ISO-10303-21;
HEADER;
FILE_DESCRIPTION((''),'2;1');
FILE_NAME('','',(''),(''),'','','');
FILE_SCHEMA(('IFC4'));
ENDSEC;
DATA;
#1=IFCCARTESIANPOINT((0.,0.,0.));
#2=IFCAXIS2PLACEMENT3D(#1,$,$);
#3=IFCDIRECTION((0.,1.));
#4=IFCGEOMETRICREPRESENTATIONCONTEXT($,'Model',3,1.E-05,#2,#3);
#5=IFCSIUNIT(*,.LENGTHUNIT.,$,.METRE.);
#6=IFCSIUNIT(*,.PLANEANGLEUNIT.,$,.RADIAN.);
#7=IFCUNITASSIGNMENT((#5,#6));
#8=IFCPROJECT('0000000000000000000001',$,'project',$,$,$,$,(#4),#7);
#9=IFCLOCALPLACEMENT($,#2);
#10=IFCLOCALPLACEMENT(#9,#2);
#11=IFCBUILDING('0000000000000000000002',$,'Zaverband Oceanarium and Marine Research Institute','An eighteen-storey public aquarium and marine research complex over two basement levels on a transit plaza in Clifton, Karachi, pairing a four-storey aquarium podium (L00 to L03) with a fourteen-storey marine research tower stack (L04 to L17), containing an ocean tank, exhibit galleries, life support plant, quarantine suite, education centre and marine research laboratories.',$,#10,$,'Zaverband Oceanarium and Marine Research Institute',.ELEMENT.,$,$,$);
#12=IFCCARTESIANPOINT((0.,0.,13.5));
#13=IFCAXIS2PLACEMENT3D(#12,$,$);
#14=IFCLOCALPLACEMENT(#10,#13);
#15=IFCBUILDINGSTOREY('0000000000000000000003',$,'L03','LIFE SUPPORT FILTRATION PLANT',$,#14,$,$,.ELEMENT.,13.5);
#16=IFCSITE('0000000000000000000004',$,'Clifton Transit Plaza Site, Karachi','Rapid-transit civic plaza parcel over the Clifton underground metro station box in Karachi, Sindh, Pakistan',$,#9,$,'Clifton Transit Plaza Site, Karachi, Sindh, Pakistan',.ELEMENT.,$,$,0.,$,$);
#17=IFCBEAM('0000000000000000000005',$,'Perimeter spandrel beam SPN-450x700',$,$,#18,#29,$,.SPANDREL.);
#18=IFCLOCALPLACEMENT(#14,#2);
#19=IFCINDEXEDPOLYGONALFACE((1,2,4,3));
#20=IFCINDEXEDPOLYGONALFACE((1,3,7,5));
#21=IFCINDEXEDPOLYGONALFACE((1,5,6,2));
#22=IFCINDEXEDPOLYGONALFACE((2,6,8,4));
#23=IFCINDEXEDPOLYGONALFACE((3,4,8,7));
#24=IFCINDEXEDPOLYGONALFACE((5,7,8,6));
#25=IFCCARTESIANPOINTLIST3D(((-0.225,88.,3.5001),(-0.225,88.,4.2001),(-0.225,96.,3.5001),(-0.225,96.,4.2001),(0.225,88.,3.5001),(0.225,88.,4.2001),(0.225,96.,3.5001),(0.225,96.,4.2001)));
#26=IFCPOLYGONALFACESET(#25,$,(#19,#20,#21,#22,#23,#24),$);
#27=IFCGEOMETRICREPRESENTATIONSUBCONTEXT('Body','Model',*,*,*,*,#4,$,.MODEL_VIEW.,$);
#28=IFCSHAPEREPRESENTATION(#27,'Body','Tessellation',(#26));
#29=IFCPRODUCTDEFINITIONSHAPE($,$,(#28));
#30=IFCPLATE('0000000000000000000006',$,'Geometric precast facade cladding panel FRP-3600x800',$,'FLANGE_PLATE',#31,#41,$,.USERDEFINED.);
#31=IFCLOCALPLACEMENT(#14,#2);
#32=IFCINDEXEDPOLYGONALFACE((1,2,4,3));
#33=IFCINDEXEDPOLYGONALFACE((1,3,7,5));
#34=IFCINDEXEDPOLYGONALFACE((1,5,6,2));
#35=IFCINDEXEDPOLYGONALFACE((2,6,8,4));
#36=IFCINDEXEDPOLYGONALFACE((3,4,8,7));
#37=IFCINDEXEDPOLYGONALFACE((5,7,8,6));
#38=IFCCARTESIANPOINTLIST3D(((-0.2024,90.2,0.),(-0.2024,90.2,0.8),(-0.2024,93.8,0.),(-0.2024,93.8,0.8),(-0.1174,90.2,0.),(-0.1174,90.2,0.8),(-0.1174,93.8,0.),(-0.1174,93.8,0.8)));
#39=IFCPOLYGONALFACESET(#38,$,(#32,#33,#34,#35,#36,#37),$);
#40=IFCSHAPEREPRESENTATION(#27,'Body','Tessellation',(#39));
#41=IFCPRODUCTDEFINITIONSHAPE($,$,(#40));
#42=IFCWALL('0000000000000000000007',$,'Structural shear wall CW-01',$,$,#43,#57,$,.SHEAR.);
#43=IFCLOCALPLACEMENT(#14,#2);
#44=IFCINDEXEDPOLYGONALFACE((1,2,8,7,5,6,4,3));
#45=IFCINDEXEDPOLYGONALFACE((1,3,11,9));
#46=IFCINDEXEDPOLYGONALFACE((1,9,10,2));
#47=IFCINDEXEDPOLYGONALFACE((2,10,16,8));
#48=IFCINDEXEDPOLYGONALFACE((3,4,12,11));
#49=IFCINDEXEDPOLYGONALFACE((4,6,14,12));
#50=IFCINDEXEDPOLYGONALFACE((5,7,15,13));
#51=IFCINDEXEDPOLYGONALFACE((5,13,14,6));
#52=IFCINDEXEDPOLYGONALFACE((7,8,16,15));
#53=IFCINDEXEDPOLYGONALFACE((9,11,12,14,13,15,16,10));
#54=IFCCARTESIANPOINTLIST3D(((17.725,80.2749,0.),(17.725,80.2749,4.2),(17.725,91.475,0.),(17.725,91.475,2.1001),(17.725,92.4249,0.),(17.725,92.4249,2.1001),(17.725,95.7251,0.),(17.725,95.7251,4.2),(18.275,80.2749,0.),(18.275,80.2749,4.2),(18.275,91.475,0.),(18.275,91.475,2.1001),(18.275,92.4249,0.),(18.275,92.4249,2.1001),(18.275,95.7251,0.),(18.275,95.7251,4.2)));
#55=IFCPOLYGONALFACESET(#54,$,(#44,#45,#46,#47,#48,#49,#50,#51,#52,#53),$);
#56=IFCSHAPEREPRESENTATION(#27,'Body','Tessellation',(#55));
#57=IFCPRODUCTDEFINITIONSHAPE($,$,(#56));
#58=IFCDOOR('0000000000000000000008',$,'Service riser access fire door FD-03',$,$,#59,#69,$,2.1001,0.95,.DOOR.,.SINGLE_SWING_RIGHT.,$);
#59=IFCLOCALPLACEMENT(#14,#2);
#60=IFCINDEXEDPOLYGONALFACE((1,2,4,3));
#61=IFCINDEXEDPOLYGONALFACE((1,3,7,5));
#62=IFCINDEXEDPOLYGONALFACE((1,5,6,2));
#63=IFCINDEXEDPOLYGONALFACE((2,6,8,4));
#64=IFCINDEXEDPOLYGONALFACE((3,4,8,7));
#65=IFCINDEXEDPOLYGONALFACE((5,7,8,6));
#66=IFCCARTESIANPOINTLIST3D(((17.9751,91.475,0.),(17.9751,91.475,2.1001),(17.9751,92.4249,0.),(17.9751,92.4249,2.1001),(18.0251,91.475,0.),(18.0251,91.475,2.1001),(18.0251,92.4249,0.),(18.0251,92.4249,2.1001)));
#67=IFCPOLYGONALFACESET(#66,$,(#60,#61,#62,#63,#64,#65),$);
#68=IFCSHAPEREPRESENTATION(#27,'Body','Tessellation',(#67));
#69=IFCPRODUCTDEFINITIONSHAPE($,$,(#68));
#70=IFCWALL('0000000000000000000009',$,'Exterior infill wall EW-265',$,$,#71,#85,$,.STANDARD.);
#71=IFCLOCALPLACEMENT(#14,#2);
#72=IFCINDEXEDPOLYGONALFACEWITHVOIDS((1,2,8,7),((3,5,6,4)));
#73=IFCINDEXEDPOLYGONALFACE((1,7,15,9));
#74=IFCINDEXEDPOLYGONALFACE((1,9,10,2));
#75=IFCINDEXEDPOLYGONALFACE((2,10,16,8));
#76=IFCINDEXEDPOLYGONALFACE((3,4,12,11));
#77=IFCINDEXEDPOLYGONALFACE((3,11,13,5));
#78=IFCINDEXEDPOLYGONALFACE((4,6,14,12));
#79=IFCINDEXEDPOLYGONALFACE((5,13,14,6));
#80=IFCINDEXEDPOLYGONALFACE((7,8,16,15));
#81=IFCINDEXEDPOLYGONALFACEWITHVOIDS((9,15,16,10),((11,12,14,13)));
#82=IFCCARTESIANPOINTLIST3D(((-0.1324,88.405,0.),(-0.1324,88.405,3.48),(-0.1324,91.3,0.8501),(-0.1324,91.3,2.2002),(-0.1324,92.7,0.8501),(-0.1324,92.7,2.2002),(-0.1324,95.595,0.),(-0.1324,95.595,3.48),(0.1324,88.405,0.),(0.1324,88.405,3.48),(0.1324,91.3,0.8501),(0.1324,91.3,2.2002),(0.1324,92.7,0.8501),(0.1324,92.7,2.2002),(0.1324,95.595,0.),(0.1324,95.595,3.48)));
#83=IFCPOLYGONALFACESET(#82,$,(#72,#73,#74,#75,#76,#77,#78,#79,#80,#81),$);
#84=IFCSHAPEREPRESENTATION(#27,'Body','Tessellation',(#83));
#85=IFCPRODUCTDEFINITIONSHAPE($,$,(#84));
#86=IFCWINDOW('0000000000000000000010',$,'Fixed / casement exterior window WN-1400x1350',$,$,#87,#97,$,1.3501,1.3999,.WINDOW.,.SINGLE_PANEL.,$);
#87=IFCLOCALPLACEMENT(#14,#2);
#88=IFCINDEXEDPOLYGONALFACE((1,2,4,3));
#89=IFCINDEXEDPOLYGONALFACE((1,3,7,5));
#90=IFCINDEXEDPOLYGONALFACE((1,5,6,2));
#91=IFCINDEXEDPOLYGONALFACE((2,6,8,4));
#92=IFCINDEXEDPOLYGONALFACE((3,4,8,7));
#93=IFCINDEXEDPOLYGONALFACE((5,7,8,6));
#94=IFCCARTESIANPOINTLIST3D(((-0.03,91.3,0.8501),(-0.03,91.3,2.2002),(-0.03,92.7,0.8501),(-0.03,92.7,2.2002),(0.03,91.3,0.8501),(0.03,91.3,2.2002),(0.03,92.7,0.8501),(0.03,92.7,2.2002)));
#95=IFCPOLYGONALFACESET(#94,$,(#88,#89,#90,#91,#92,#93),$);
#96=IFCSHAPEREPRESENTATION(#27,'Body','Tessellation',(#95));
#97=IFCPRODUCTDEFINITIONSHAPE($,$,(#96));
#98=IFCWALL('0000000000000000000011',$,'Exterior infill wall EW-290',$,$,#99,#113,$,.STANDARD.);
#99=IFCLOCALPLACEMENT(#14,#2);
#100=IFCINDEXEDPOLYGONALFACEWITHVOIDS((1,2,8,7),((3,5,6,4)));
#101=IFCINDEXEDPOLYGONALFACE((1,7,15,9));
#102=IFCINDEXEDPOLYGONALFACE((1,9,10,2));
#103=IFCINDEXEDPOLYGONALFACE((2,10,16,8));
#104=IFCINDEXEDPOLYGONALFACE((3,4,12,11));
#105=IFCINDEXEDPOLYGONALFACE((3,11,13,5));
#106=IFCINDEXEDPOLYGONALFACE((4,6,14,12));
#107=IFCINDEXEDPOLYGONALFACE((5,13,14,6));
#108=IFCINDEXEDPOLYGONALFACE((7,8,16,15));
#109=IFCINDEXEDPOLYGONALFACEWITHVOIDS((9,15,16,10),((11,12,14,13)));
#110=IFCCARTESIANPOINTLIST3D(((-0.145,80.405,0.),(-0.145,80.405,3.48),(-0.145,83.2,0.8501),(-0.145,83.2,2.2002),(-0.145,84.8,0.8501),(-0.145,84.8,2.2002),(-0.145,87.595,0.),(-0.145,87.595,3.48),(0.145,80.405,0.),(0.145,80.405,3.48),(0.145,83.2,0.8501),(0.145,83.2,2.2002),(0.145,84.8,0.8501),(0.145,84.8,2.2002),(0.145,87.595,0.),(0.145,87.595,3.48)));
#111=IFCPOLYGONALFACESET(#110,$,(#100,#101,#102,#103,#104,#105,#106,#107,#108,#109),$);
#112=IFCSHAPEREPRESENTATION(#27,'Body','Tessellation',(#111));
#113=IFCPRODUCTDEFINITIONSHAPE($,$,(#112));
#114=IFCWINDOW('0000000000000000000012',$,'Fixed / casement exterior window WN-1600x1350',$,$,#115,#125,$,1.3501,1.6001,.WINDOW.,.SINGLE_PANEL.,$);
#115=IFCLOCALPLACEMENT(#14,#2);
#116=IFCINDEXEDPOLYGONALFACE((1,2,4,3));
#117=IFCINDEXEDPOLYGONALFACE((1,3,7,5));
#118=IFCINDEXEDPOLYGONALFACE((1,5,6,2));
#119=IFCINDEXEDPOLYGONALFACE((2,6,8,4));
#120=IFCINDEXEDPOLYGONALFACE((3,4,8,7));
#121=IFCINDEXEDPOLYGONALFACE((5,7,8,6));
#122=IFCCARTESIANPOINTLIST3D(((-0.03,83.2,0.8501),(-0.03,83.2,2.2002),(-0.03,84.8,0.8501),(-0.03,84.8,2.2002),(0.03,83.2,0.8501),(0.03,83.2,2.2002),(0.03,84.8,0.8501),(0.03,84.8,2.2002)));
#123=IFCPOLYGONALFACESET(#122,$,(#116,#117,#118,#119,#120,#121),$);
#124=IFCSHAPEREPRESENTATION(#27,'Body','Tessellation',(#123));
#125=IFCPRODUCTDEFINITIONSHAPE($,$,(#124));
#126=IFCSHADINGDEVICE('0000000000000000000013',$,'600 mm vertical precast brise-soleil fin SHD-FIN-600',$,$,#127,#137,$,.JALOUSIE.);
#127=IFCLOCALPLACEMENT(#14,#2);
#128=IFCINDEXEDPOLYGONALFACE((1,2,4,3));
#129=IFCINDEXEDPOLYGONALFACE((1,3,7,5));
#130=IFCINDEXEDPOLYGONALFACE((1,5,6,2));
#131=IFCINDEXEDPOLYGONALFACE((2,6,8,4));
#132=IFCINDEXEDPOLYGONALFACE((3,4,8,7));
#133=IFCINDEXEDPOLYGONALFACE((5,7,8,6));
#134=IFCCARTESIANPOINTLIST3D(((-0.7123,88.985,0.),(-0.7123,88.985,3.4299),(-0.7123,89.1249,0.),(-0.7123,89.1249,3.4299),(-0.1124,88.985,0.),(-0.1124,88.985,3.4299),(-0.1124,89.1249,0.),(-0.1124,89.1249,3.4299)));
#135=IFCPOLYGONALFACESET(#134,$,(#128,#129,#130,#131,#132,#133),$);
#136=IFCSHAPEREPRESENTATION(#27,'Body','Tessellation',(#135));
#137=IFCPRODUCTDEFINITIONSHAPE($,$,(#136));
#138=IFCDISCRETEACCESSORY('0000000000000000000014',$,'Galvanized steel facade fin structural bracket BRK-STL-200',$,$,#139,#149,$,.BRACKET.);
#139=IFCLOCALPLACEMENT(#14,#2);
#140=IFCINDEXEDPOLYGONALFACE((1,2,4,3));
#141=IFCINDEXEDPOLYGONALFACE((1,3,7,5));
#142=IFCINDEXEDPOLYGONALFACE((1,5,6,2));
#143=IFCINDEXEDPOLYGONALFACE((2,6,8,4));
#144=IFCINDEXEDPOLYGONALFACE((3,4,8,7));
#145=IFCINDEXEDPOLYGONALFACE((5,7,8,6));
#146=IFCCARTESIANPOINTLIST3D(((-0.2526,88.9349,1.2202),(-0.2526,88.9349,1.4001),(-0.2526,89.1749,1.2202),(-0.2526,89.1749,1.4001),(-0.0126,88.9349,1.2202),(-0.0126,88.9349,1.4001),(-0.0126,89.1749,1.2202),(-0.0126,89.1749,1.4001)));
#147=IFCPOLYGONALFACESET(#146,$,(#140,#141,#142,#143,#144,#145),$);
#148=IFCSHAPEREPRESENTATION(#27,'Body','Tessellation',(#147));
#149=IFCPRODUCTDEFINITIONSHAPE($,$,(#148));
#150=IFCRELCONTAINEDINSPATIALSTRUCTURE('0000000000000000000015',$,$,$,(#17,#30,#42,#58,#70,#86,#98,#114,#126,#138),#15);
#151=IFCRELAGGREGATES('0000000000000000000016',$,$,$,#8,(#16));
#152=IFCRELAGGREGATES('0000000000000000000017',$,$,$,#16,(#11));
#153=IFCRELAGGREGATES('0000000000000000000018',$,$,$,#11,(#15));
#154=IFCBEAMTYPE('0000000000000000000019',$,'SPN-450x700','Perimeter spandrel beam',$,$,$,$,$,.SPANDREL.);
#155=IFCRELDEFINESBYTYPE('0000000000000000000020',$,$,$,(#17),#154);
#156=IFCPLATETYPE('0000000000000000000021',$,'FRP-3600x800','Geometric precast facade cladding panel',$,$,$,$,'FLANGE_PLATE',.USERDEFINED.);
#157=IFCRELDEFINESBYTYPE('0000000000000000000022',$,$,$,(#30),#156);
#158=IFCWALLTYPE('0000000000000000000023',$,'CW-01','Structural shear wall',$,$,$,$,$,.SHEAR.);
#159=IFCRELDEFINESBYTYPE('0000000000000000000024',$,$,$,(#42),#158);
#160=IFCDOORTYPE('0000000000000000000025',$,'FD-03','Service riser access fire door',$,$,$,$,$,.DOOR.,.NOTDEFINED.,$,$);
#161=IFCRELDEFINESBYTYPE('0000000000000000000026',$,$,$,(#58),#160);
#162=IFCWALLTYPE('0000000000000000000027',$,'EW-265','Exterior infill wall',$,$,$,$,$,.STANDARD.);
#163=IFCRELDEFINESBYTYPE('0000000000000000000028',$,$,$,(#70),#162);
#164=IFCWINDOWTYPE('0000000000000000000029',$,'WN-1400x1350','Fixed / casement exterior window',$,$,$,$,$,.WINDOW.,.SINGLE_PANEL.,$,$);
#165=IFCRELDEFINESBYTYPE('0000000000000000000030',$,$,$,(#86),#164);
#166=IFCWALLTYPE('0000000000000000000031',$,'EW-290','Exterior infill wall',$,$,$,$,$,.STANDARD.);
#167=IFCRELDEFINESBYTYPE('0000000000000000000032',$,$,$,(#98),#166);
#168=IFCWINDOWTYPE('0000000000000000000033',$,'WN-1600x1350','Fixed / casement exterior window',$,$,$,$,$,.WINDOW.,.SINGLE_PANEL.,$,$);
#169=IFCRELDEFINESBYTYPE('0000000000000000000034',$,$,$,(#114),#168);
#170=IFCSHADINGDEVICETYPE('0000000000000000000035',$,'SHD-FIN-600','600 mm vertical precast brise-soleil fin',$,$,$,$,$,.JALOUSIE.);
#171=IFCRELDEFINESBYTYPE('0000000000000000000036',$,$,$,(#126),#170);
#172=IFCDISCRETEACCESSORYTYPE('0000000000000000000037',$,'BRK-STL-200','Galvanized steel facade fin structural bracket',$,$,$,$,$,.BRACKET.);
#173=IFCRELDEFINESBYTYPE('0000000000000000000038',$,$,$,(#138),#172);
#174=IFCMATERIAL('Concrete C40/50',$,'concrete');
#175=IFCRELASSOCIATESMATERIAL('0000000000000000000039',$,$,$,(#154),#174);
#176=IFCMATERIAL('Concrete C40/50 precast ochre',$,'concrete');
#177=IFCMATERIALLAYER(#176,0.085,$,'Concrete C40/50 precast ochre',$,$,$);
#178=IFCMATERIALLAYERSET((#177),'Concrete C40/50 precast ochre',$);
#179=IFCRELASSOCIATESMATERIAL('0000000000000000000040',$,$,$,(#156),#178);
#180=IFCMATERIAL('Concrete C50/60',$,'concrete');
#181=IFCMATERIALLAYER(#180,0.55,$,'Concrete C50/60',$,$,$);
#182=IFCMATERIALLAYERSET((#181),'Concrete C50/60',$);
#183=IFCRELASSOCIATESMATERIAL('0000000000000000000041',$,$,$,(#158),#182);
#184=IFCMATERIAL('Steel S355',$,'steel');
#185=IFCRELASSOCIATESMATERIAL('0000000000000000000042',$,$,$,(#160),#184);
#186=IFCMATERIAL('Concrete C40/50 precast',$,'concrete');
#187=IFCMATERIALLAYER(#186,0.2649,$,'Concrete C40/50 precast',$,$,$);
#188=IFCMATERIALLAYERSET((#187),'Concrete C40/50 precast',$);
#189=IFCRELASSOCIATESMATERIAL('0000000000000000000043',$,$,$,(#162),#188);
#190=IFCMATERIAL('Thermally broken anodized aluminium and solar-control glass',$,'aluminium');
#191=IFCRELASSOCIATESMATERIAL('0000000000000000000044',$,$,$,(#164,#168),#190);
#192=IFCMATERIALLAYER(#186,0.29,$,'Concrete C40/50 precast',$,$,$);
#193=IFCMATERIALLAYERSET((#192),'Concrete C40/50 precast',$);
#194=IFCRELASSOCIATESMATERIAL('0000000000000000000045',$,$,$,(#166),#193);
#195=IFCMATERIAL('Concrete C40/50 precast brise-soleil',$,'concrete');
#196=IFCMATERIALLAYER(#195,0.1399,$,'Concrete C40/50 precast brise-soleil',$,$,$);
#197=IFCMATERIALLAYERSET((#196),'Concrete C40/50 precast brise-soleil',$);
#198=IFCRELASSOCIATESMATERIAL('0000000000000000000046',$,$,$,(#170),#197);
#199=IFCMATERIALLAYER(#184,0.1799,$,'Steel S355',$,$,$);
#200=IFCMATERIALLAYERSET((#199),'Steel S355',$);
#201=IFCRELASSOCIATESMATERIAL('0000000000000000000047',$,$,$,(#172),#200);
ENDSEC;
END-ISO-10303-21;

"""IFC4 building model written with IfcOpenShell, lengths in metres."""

from ifc_helpers import new_model, si_unit, direction, frame, frame_2d, origin, origin_2d, place, context, subcontext, project, spatial, rectangle, extrude, material, layer, layer_set, material_profile, profile_set, type_object, element, fill, save


model = new_model("IFC4")

# Units and contexts
model_context = context("Model", 3, precision=1e-05, world=origin(), true_north=direction((0.0, 1.0)))
body_context = subcontext(model_context, "Body", "Model", "MODEL_VIEW")
ifc_project = project(units=[si_unit("LENGTHUNIT", "METRE"), si_unit("PLANEANGLEUNIT", "RADIAN")], contexts=[model_context])

# Site, building, storey
site_placement = place(None, origin())
site = spatial("IfcSite", under=ifc_project, at=site_placement, Name="Clifton Transit Plaza Site, Karachi", Description="Rapid-transit civic plaza parcel over the Clifton underground metro station box in Karachi, Sindh, Pakistan", LongName="Clifton Transit Plaza Site, Karachi, Sindh, Pakistan", CompositionType="ELEMENT", RefElevation=0.0)
building_placement = place(site_placement, origin())
building = spatial("IfcBuilding", under=site, at=building_placement, Name="Zaverband Oceanarium and Marine Research Institute", Description="An eighteen-storey public aquarium and marine research complex over two basement levels on a transit plaza in Clifton, Karachi, pairing a four-storey aquarium podium (L00 to L03) with a fourteen-storey marine research tower stack (L04 to L17), containing an ocean tank, exhibit galleries, life support plant, quarantine suite, education centre and marine research laboratories.", LongName="Zaverband Oceanarium and Marine Research Institute", CompositionType="ELEMENT")
storey_placement = place(building_placement, frame((0.0, 0.0, 13.5)))
storey = spatial("IfcBuildingStorey", under=building, at=storey_placement, Name="L03", Description="LIFE SUPPORT FILTRATION PLANT", CompositionType="ELEMENT", Elevation=13.5)

# Shared definitions
ifc_material_1 = material(Name="Concrete C50/60", Category="concrete")

# Beam
ifc_material_2 = material(Name="Concrete C40/50", Category="concrete")
ifc_material_profile_1 = material_profile(ifc_material_2, rectangle(XDim=0.45, YDim=0.7, at=origin_2d()), Name="RC450x700")
ifc_profile_set_1 = profile_set([ifc_material_profile_1], Name="Concrete C40/50")
beam_type_1 = type_object("IfcBeamType", Name="SPN-450x700", Description="Perimeter spandrel beam", PredefinedType="SPANDREL", material=ifc_profile_set_1)
beam_placement = place(storey_placement, frame((0.0, 88.0, 3.8501), z_axis=(0.0, 1.0, 0.0), x_axis=(-1.0, 0.0, 0.0)))
element("IfcBeam", 1, at=beam_placement, inside=storey, type_object=beam_type_1, Name="Perimeter spandrel beam SPN-450x700", PredefinedType="SPANDREL", context=body_context, shape_type="SweptSolid", body=[
    extrude(rectangle(XDim=0.45, YDim=0.7, at=origin_2d()), origin(), (0.0, 0.0, 1.0), 8.0),
])

# Plate
ifc_material_3 = material(Name="Concrete C40/50 precast ochre", Category="concrete")
ifc_layer_1 = layer(ifc_material_3, 0.085, Name="Concrete C40/50 precast ochre")
ifc_layer_set_1 = layer_set([ifc_layer_1], Name="Concrete C40/50 precast ochre")
plate_type = type_object("IfcPlateType", Name="FRP-3600x800", Description="Geometric precast facade cladding panel", ElementType="FLANGE_PLATE", PredefinedType="USERDEFINED", material=ifc_layer_set_1)
plate_placement = place(storey_placement, frame((-0.1599, 90.2, 0.0), z_axis=(0.0, 0.0, 1.0), x_axis=(0.0, 1.0, 0.0)))
element("IfcPlate", 2, at=plate_placement, inside=storey, type_object=plate_type, Name="Geometric precast facade cladding panel FRP-3600x800", ObjectType="FLANGE_PLATE", PredefinedType="USERDEFINED", context=body_context, shape_type="SweptSolid", body=[
    extrude(rectangle(XDim=3.6001, YDim=0.085, at=frame_2d((1.8, 0.0))), origin(), (0.0, 0.0, 1.0), 0.8),
])

# Wall, opening, door
ifc_layer_2 = layer(ifc_material_1, 0.55, Name="Concrete C50/60")
ifc_layer_set_2 = layer_set([ifc_layer_2], Name="Concrete C50/60")
wall_type_1 = type_object("IfcWallType", Name="CW-01", Description="Structural shear wall", PredefinedType="SHEAR", material=ifc_layer_set_2)
wall_1_placement = place(storey_placement, frame((18.0, 80.2749, 0.0), z_axis=(0.0, 0.0, 1.0), x_axis=(0.0, 1.0, 0.0)))
wall_1 = element("IfcWall", 3, at=wall_1_placement, inside=storey, type_object=wall_type_1, Name="Structural shear wall CW-01", PredefinedType="SHEAR", context=body_context, shape_type="SweptSolid", body=[
    extrude(rectangle(XDim=15.4502, YDim=0.55, at=frame_2d((7.7251, 0.0))), origin(), (0.0, 0.0, 1.0), 4.2),
])
opening_1_placement = place(wall_1_placement, frame((11.2, 0.0, 0.0)))
opening_1 = element("IfcOpeningElement", 4, at=opening_1_placement, cuts=wall_1, PredefinedType="OPENING", context=body_context, shape_type="SweptSolid", body=[
    extrude(rectangle(XDim=0.95, YDim=2.1001, at=frame_2d((0.4751, 1.05))), frame((0.0, 0.2871, 0.0), z_axis=(0.0, -1.0, 0.0), x_axis=(1.0, 0.0, 0.0)), (0.0, 0.0, 1.0), 0.574),
])
ifc_material_4 = material(Name="Steel S355", Category="steel")
door_type = type_object("IfcDoorType", Name="FD-03", Description="Service riser access fire door", OperationType="NOTDEFINED", PredefinedType="DOOR", material=ifc_material_4)
door_placement = place(opening_1_placement, origin())
door = element("IfcDoor", 5, at=door_placement, inside=storey, type_object=door_type, Name="Service riser access fire door FD-03", OperationType="SINGLE_SWING_RIGHT", OverallHeight=2.1001, OverallWidth=0.95, PredefinedType="DOOR", context=body_context, shape_type="SweptSolid", body=[
    extrude(rectangle(XDim=0.95, YDim=2.1001, at=frame_2d((0.4751, 1.05))), frame((0.0, 0.0249, 0.0), z_axis=(0.0, -1.0, 0.0), x_axis=(1.0, 0.0, 0.0)), (0.0, 0.0, 1.0), 0.05),
])
fill(opening_1, door)

# Walls, openings, windows
ifc_material_5 = material(Name="Concrete C40/50 precast", Category="concrete")
ifc_layer_3 = layer(ifc_material_5, 0.2649, Name="Concrete C40/50 precast")
ifc_layer_set_3 = layer_set([ifc_layer_3], Name="Concrete C40/50 precast")
wall_type_2 = type_object("IfcWallType", Name="EW-265", Description="Exterior infill wall", PredefinedType="STANDARD", material=ifc_layer_set_3)
wall_2_placement = place(storey_placement, frame((0.0, 88.405, 0.0), z_axis=(0.0, 0.0, 1.0), x_axis=(0.0, 1.0, 0.0)))
wall_2 = element("IfcWall", 6, at=wall_2_placement, inside=storey, type_object=wall_type_2, Name="Exterior infill wall EW-265", PredefinedType="STANDARD", context=body_context, shape_type="SweptSolid", body=[
    extrude(rectangle(XDim=7.1899, YDim=0.2649, at=frame_2d((3.595, 0.0))), origin(), (0.0, 0.0, 1.0), 3.48),
])
opening_2_placement = place(wall_2_placement, frame((2.895, 0.0, 0.8501)))
opening_2 = element("IfcOpeningElement", 7, at=opening_2_placement, cuts=wall_2, PredefinedType="OPENING", context=body_context, shape_type="SweptSolid", body=[
    extrude(rectangle(XDim=1.3999, YDim=1.3501, at=frame_2d((0.7, 0.675))), frame((0.0, 0.1445, 0.0), z_axis=(0.0, -1.0, 0.0), x_axis=(1.0, 0.0, 0.0)), (0.0, 0.0, 1.0), 0.2888),
])
ifc_material_6 = material(Name="Thermally broken anodized aluminium and solar-control glass", Category="aluminium")
window_type_1 = type_object("IfcWindowType", Name="WN-1400x1350", Description="Fixed / casement exterior window", PartitioningType="SINGLE_PANEL", PredefinedType="WINDOW", material=ifc_material_6)
window_1_placement = place(opening_2_placement, origin())
window_1 = element("IfcWindow", 8, at=window_1_placement, inside=storey, type_object=window_type_1, Name="Fixed / casement exterior window WN-1400x1350", OverallHeight=1.3501, OverallWidth=1.3999, PartitioningType="SINGLE_PANEL", PredefinedType="WINDOW", context=body_context, shape_type="SweptSolid", body=[
    extrude(rectangle(XDim=1.3999, YDim=1.3501, at=frame_2d((0.7, 0.675))), frame((0.0, 0.03, 0.0), z_axis=(0.0, -1.0, 0.0), x_axis=(1.0, 0.0, 0.0)), (0.0, 0.0, 1.0), 0.0601),
])
fill(opening_2, window_1)
ifc_layer_4 = layer(ifc_material_5, 0.29, Name="Concrete C40/50 precast")
ifc_layer_set_4 = layer_set([ifc_layer_4], Name="Concrete C40/50 precast")
wall_type_3 = type_object("IfcWallType", Name="EW-290", Description="Exterior infill wall", PredefinedType="STANDARD", material=ifc_layer_set_4)
wall_3_placement = place(storey_placement, frame((0.0, 80.405, 0.0), z_axis=(0.0, 0.0, 1.0), x_axis=(0.0, 1.0, 0.0)))
wall_3 = element("IfcWall", 9, at=wall_3_placement, inside=storey, type_object=wall_type_3, Name="Exterior infill wall EW-290", PredefinedType="STANDARD", context=body_context, shape_type="SweptSolid", body=[
    extrude(rectangle(XDim=7.1899, YDim=0.29, at=frame_2d((3.595, 0.0))), origin(), (0.0, 0.0, 1.0), 3.48),
])
opening_3_placement = place(wall_3_placement, frame((2.7949, 0.0, 0.8501)))
opening_3 = element("IfcOpeningElement", 10, at=opening_3_placement, cuts=wall_3, PredefinedType="OPENING", context=body_context, shape_type="SweptSolid", body=[
    extrude(rectangle(XDim=1.6001, YDim=1.3501, at=frame_2d((0.8, 0.675))), frame((0.0, 0.157, 0.0), z_axis=(0.0, -1.0, 0.0), x_axis=(1.0, 0.0, 0.0)), (0.0, 0.0, 1.0), 0.314),
])
window_type_2 = type_object("IfcWindowType", Name="WN-1600x1350", Description="Fixed / casement exterior window", PartitioningType="SINGLE_PANEL", PredefinedType="WINDOW", material=ifc_material_6)
window_2_placement = place(opening_3_placement, origin())
window_2 = element("IfcWindow", 11, at=window_2_placement, inside=storey, type_object=window_type_2, Name="Fixed / casement exterior window WN-1600x1350", OverallHeight=1.3501, OverallWidth=1.6001, PartitioningType="SINGLE_PANEL", PredefinedType="WINDOW", context=body_context, shape_type="SweptSolid", body=[
    extrude(rectangle(XDim=1.6001, YDim=1.3501, at=frame_2d((0.8, 0.675))), frame((0.0, 0.03, 0.0), z_axis=(0.0, -1.0, 0.0), x_axis=(1.0, 0.0, 0.0)), (0.0, 0.0, 1.0), 0.0601),
])
fill(opening_3, window_2)

# Shading device
ifc_material_7 = material(Name="Concrete C40/50 precast brise-soleil", Category="concrete")
ifc_layer_5 = layer(ifc_material_7, 0.1399, Name="Concrete C40/50 precast brise-soleil")
ifc_layer_set_5 = layer_set([ifc_layer_5], Name="Concrete C40/50 precast brise-soleil")
shading_device_type = type_object("IfcShadingDeviceType", Name="SHD-FIN-600", Description="600 mm vertical precast brise-soleil fin", PredefinedType="JALOUSIE", material=ifc_layer_set_5)
shading_device_placement = place(storey_placement, frame((-0.1125, 89.0549, 0.0), z_axis=(0.0, 0.0, 1.0), x_axis=(-1.0, 0.0, 0.0)))
element("IfcShadingDevice", 12, at=shading_device_placement, inside=storey, type_object=shading_device_type, Name="600 mm vertical precast brise-soleil fin SHD-FIN-600", PredefinedType="JALOUSIE", context=body_context, shape_type="SweptSolid", body=[
    extrude(rectangle(XDim=0.5999, YDim=0.1399, at=frame_2d((0.2998, 0.0))), origin(), (0.0, 0.0, 1.0), 3.4299),
])

# Discrete accessory
ifc_layer_6 = layer(ifc_material_4, 0.1799, Name="Steel S355")
ifc_layer_set_6 = layer_set([ifc_layer_6], Name="Steel S355")
discrete_accessory_type = type_object("IfcDiscreteAccessoryType", Name="BRK-STL-200", Description="Galvanized steel facade fin structural bracket", PredefinedType="BRACKET", material=ifc_layer_set_6)
discrete_accessory_placement = place(storey_placement, frame((-0.1326, 89.0549, 1.2202), z_axis=(0.0, 0.0, 1.0), x_axis=(1.0, 0.0, 0.0)))
element("IfcDiscreteAccessory", 13, at=discrete_accessory_placement, inside=storey, type_object=discrete_accessory_type, Name="Galvanized steel facade fin structural bracket BRK-STL-200", PredefinedType="BRACKET", context=body_context, shape_type="SweptSolid", body=[
    extrude(rectangle(XDim=0.24, YDim=0.24, at=origin_2d()), origin(), (0.0, 0.0, 1.0), 0.1799),
])

save(model, "model.ifc")
